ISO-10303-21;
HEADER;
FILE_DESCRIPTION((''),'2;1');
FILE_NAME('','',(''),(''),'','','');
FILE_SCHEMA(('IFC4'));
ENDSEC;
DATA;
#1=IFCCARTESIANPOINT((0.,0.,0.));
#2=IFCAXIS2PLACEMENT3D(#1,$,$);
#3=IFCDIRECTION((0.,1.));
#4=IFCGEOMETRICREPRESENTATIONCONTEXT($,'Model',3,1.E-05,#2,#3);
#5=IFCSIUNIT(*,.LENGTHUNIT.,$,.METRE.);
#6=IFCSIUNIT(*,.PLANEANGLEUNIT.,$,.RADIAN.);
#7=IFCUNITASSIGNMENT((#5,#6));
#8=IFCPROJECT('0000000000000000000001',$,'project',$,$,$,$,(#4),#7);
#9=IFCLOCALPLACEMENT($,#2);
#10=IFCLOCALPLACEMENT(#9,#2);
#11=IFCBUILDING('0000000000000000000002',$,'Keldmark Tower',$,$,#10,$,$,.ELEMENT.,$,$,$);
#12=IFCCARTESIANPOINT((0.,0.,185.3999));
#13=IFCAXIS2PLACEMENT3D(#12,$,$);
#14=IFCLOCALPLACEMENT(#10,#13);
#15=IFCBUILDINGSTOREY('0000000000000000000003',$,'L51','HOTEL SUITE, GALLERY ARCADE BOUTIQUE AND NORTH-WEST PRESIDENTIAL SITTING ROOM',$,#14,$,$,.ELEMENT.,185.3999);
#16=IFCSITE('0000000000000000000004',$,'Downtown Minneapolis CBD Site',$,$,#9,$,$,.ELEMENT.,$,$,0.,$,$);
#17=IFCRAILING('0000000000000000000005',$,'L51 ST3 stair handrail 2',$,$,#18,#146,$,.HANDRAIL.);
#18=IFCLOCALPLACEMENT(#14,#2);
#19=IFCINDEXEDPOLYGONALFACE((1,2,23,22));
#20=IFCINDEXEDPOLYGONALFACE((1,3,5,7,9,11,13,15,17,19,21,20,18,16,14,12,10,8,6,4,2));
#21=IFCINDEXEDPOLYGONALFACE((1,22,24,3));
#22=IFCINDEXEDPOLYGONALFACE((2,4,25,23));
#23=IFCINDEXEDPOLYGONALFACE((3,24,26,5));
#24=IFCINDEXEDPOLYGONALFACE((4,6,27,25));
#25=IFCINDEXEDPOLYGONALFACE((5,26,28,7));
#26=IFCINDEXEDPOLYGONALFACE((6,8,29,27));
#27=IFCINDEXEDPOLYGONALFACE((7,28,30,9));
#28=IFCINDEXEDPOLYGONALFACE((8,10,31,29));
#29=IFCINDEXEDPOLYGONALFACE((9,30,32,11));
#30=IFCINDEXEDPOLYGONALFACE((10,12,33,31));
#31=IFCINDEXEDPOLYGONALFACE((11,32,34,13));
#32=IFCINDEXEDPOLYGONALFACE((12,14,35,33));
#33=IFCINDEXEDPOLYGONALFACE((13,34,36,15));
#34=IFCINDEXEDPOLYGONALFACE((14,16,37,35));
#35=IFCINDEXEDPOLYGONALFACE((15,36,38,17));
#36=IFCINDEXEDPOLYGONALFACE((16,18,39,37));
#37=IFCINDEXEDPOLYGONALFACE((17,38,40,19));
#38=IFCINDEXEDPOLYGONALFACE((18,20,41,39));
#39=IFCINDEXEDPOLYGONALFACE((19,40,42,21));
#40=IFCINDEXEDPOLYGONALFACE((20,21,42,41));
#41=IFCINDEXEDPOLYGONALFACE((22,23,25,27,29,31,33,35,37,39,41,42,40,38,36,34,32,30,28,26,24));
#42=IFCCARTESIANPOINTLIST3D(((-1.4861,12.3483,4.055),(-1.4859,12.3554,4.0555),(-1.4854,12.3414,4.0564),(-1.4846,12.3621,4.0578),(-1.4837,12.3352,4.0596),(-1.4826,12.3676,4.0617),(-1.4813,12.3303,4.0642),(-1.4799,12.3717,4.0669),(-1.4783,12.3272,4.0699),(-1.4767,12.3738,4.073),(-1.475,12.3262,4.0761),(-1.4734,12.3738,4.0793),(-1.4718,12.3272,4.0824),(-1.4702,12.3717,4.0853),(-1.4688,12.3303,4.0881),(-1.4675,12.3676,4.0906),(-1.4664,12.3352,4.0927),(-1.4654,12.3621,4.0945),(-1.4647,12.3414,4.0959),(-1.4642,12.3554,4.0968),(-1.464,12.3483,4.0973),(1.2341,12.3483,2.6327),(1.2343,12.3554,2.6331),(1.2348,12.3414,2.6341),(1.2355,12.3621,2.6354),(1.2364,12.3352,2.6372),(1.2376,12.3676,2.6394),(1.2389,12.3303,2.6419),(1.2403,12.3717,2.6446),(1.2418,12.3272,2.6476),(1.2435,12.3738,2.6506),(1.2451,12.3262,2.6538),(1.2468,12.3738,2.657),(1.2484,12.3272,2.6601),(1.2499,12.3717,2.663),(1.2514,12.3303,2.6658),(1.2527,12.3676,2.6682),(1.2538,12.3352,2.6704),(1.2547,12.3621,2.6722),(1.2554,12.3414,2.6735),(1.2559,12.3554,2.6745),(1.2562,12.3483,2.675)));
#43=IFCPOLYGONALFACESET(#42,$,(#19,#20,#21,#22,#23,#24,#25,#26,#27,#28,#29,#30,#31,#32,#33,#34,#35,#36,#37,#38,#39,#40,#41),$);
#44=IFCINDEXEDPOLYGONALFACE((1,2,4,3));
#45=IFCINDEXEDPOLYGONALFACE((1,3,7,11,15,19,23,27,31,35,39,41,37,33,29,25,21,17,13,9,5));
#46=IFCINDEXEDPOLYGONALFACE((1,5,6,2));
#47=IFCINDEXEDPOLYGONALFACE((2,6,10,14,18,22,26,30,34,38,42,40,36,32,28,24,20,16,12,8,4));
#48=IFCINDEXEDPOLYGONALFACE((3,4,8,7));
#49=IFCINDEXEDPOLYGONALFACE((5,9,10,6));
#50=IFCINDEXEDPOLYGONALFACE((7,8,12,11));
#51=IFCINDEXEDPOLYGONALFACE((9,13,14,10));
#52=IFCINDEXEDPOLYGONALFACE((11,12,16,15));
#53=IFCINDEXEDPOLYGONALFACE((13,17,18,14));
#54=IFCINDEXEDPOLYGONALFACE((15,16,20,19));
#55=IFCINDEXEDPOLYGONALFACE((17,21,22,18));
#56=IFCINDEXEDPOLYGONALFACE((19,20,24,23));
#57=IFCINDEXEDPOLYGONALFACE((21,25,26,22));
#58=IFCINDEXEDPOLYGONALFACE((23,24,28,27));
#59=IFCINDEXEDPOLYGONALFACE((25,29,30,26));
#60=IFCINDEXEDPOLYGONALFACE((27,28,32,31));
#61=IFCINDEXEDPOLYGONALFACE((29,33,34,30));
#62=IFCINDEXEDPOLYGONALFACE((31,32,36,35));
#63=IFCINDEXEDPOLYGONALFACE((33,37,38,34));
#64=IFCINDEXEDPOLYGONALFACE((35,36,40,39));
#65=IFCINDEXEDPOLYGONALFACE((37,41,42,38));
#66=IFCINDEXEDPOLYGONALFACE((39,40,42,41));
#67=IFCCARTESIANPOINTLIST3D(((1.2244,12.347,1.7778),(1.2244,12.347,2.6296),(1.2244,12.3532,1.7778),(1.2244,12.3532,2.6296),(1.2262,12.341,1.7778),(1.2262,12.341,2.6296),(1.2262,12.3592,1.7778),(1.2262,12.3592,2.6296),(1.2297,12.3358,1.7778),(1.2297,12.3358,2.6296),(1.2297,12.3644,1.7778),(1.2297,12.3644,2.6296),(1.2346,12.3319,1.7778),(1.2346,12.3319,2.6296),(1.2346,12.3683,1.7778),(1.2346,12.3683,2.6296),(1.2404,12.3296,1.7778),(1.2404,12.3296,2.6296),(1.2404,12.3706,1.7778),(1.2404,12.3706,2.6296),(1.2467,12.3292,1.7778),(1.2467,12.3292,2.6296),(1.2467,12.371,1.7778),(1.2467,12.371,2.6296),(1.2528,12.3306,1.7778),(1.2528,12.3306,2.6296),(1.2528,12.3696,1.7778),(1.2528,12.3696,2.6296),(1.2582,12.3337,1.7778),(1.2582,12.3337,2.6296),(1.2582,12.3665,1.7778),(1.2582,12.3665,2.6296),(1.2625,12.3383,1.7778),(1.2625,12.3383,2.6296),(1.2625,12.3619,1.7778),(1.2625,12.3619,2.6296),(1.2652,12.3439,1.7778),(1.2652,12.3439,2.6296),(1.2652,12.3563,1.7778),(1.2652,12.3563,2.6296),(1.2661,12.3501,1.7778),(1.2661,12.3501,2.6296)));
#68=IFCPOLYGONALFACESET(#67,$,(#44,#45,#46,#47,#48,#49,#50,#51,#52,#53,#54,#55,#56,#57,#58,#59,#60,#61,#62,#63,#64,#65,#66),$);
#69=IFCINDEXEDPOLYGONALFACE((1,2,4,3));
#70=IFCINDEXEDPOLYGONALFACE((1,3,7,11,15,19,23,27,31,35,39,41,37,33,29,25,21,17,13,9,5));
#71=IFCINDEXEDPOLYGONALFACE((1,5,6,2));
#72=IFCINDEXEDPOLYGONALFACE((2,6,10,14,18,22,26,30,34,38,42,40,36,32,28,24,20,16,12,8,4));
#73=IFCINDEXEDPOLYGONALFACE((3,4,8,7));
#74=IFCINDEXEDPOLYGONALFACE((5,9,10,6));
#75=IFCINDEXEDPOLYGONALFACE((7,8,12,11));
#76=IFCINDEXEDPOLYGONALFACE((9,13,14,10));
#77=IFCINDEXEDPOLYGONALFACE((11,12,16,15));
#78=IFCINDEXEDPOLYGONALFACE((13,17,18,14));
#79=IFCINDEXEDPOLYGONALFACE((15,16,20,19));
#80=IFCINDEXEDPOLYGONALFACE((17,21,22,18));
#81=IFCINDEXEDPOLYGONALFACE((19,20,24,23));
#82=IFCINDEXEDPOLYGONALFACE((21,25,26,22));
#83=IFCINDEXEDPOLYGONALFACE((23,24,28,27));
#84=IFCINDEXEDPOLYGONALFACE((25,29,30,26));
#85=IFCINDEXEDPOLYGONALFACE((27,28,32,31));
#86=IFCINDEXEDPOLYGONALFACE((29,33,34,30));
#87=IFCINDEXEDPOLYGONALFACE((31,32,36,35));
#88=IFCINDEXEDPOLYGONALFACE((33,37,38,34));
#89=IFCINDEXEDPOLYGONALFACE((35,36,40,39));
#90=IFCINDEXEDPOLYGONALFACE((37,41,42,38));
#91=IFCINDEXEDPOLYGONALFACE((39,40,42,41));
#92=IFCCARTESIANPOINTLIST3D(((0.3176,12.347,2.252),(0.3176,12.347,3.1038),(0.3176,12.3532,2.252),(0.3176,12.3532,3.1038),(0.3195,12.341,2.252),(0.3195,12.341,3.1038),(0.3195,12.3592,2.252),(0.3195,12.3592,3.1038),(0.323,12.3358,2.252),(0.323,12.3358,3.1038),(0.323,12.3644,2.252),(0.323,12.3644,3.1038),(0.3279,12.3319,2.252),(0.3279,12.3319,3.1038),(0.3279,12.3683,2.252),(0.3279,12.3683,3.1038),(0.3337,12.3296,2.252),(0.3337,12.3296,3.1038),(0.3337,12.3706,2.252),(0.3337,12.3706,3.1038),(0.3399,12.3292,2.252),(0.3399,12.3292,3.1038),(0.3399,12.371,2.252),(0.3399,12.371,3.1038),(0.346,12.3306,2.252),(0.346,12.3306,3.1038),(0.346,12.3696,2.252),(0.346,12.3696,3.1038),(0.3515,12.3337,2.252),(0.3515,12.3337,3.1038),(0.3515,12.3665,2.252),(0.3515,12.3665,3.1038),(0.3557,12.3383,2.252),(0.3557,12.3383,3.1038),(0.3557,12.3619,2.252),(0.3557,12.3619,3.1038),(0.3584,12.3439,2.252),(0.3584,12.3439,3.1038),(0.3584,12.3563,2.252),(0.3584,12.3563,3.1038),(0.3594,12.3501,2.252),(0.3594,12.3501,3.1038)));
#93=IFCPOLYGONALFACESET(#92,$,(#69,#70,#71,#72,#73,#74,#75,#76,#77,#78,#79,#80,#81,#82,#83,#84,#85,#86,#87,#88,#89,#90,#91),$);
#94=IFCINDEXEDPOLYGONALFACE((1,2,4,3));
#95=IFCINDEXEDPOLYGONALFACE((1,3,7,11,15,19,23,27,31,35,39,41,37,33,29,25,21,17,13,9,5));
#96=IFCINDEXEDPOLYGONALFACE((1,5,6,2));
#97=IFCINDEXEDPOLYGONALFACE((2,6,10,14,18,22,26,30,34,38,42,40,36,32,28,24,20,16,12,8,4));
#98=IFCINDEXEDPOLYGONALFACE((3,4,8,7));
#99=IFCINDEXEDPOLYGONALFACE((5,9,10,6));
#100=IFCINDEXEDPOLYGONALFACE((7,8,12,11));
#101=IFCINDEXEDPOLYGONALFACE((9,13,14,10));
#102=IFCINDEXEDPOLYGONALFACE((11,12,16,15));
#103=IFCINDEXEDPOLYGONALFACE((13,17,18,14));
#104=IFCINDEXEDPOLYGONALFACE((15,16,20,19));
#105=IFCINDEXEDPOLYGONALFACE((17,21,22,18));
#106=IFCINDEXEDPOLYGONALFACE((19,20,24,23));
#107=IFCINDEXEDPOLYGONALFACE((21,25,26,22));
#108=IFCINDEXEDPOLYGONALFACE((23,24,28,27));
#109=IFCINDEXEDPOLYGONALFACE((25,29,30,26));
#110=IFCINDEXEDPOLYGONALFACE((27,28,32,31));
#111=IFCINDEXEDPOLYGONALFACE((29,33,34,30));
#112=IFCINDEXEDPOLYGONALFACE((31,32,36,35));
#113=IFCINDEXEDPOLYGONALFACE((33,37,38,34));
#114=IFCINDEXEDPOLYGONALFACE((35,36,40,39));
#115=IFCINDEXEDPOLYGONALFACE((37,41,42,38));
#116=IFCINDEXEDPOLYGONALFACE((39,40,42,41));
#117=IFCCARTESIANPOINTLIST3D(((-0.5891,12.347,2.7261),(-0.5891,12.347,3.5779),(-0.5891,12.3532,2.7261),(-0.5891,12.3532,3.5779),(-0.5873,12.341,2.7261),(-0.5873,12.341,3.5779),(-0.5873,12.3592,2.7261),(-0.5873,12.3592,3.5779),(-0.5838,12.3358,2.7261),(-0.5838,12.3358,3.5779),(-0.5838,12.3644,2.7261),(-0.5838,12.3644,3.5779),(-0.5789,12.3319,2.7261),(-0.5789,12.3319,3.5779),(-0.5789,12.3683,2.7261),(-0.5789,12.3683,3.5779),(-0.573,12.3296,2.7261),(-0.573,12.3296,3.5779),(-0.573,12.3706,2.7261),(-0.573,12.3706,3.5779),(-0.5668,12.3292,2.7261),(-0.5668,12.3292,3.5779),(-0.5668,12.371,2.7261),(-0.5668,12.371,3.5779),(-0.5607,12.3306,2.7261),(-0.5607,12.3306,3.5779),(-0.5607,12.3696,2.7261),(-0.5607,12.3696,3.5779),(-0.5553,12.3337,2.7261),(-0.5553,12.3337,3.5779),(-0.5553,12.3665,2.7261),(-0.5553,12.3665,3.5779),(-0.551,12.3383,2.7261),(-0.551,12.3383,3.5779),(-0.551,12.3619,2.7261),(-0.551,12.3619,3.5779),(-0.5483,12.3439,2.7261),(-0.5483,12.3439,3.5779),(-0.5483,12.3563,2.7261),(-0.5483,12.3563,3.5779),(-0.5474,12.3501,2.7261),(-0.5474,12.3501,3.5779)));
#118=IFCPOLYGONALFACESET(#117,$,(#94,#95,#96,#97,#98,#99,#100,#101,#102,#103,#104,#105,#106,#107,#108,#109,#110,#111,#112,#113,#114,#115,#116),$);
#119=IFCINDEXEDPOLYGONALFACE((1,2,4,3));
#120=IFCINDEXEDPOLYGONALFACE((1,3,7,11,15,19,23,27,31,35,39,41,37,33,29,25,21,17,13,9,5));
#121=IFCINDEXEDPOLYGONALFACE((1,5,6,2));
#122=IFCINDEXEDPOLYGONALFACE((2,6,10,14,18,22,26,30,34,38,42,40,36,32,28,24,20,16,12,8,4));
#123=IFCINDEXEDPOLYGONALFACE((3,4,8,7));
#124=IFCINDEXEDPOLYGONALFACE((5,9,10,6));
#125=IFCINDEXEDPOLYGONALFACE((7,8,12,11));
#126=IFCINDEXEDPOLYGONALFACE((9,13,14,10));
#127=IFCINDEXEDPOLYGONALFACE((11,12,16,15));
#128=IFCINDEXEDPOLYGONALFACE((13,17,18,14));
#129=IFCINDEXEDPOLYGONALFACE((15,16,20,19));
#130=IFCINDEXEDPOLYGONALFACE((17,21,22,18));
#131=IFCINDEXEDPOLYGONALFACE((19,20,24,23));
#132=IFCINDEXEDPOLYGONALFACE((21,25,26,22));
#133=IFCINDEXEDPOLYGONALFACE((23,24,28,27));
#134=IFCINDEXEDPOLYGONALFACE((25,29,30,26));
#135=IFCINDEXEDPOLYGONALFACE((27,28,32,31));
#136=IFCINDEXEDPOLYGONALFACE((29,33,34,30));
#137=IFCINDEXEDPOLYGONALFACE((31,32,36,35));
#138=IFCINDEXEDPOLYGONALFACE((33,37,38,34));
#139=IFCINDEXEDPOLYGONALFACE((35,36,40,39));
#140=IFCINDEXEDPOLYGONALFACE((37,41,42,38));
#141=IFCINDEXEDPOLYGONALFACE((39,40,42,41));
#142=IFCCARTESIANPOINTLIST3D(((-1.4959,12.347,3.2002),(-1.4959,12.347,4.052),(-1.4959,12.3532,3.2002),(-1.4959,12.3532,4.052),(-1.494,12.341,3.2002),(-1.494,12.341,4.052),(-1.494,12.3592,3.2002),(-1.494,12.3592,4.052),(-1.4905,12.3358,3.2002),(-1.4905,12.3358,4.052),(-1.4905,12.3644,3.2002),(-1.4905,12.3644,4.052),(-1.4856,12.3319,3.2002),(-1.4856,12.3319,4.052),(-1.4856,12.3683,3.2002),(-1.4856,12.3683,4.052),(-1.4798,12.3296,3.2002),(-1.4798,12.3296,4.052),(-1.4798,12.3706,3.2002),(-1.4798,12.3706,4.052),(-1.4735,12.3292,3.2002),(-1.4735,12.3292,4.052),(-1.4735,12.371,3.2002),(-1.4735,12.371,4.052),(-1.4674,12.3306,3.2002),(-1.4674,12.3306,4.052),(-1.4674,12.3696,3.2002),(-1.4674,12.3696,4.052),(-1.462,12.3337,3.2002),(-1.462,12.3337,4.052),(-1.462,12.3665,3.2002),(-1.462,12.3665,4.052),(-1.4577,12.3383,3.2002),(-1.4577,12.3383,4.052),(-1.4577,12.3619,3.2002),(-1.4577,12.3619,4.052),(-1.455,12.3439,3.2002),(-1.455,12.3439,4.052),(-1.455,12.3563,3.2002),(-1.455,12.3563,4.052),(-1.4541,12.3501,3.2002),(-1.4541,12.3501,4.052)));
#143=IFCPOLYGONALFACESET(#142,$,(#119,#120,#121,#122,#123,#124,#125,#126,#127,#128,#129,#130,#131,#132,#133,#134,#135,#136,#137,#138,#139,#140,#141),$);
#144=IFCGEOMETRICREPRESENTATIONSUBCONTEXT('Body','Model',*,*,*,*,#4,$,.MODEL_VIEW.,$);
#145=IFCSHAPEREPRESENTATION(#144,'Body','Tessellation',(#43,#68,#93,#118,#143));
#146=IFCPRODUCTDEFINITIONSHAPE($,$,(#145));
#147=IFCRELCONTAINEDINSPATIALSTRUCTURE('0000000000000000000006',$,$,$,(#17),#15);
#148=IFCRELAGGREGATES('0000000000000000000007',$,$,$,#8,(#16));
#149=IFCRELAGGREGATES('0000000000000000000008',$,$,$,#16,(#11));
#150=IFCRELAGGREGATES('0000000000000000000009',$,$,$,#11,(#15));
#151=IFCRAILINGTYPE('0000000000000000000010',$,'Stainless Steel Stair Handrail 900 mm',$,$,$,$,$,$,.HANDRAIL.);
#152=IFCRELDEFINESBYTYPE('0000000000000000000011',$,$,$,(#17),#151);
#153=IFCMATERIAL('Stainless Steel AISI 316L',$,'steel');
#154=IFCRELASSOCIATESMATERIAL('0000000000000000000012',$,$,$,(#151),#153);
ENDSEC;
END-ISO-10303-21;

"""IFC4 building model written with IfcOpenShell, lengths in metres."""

from ifc_helpers import new_model, si_unit, direction, frame, origin, origin_2d, place, context, subcontext, project, spatial, circle, extrude, material, type_object, element, save


model = new_model("IFC4")

# Units and contexts
model_context = context("Model", 3, precision=1e-05, world=origin(), true_north=direction((0.0, 1.0)))
body_context = subcontext(model_context, "Body", "Model", "MODEL_VIEW")
ifc_project = project(units=[si_unit("LENGTHUNIT", "METRE"), si_unit("PLANEANGLEUNIT", "RADIAN")], contexts=[model_context])

# Site, building, storey
site_placement = place(None, origin())
site = spatial("IfcSite", under=ifc_project, at=site_placement, Name="Downtown Minneapolis CBD Site", CompositionType="ELEMENT", RefElevation=0.0)
building_placement = place(site_placement, origin())
building = spatial("IfcBuilding", under=site, at=building_placement, Name="Keldmark Tower", CompositionType="ELEMENT")
storey_placement = place(building_placement, frame((0.0, 0.0, 185.3999)))
storey = spatial("IfcBuildingStorey", under=building, at=storey_placement, Name="L51", Description="HOTEL SUITE, GALLERY ARCADE BOUTIQUE AND NORTH-WEST PRESIDENTIAL SITTING ROOM", CompositionType="ELEMENT", Elevation=185.3999)

# Railing
ifc_material_1 = material(Name="Stainless Steel AISI 316L", Category="steel")
railing_type_1 = type_object("IfcRailingType", Name="Stainless Steel Stair Handrail 900 mm", PredefinedType="HANDRAIL", material=ifc_material_1)
railing_1_placement = place(storey_placement, frame((1.2451, 12.3501, 1.7778)))
element("IfcRailing", 1, at=railing_1_placement, inside=storey, type_object=railing_type_1, Name="L51 ST3 stair handrail 2", PredefinedType="HANDRAIL", context=body_context, shape_type="SweptSolid", body=[
    extrude(circle(Radius=0.0239, at=origin_2d()), frame((0.0, 0.0, 0.876), z_axis=(-0.886168, 0.0, 0.463365), x_axis=(0.0, -1.0, 0.0)), (0.0, 0.0, 1.0), 3.0696),
    extrude(circle(Radius=0.021, at=origin_2d()), origin(), (0.0, 0.0, 1.0), 0.8518),
    extrude(circle(Radius=0.021, at=origin_2d()), frame((-0.9067, 0.0, 0.4741)), (0.0, 0.0, 1.0), 0.8518),
    extrude(circle(Radius=0.021, at=origin_2d()), frame((-1.8135, 0.0, 0.9482)), (0.0, 0.0, 1.0), 0.8518),
    extrude(circle(Radius=0.021, at=origin_2d()), frame((-2.7202, 0.0, 1.4224)), (0.0, 0.0, 1.0), 0.8518),
])

save(model, "model.ifc")
